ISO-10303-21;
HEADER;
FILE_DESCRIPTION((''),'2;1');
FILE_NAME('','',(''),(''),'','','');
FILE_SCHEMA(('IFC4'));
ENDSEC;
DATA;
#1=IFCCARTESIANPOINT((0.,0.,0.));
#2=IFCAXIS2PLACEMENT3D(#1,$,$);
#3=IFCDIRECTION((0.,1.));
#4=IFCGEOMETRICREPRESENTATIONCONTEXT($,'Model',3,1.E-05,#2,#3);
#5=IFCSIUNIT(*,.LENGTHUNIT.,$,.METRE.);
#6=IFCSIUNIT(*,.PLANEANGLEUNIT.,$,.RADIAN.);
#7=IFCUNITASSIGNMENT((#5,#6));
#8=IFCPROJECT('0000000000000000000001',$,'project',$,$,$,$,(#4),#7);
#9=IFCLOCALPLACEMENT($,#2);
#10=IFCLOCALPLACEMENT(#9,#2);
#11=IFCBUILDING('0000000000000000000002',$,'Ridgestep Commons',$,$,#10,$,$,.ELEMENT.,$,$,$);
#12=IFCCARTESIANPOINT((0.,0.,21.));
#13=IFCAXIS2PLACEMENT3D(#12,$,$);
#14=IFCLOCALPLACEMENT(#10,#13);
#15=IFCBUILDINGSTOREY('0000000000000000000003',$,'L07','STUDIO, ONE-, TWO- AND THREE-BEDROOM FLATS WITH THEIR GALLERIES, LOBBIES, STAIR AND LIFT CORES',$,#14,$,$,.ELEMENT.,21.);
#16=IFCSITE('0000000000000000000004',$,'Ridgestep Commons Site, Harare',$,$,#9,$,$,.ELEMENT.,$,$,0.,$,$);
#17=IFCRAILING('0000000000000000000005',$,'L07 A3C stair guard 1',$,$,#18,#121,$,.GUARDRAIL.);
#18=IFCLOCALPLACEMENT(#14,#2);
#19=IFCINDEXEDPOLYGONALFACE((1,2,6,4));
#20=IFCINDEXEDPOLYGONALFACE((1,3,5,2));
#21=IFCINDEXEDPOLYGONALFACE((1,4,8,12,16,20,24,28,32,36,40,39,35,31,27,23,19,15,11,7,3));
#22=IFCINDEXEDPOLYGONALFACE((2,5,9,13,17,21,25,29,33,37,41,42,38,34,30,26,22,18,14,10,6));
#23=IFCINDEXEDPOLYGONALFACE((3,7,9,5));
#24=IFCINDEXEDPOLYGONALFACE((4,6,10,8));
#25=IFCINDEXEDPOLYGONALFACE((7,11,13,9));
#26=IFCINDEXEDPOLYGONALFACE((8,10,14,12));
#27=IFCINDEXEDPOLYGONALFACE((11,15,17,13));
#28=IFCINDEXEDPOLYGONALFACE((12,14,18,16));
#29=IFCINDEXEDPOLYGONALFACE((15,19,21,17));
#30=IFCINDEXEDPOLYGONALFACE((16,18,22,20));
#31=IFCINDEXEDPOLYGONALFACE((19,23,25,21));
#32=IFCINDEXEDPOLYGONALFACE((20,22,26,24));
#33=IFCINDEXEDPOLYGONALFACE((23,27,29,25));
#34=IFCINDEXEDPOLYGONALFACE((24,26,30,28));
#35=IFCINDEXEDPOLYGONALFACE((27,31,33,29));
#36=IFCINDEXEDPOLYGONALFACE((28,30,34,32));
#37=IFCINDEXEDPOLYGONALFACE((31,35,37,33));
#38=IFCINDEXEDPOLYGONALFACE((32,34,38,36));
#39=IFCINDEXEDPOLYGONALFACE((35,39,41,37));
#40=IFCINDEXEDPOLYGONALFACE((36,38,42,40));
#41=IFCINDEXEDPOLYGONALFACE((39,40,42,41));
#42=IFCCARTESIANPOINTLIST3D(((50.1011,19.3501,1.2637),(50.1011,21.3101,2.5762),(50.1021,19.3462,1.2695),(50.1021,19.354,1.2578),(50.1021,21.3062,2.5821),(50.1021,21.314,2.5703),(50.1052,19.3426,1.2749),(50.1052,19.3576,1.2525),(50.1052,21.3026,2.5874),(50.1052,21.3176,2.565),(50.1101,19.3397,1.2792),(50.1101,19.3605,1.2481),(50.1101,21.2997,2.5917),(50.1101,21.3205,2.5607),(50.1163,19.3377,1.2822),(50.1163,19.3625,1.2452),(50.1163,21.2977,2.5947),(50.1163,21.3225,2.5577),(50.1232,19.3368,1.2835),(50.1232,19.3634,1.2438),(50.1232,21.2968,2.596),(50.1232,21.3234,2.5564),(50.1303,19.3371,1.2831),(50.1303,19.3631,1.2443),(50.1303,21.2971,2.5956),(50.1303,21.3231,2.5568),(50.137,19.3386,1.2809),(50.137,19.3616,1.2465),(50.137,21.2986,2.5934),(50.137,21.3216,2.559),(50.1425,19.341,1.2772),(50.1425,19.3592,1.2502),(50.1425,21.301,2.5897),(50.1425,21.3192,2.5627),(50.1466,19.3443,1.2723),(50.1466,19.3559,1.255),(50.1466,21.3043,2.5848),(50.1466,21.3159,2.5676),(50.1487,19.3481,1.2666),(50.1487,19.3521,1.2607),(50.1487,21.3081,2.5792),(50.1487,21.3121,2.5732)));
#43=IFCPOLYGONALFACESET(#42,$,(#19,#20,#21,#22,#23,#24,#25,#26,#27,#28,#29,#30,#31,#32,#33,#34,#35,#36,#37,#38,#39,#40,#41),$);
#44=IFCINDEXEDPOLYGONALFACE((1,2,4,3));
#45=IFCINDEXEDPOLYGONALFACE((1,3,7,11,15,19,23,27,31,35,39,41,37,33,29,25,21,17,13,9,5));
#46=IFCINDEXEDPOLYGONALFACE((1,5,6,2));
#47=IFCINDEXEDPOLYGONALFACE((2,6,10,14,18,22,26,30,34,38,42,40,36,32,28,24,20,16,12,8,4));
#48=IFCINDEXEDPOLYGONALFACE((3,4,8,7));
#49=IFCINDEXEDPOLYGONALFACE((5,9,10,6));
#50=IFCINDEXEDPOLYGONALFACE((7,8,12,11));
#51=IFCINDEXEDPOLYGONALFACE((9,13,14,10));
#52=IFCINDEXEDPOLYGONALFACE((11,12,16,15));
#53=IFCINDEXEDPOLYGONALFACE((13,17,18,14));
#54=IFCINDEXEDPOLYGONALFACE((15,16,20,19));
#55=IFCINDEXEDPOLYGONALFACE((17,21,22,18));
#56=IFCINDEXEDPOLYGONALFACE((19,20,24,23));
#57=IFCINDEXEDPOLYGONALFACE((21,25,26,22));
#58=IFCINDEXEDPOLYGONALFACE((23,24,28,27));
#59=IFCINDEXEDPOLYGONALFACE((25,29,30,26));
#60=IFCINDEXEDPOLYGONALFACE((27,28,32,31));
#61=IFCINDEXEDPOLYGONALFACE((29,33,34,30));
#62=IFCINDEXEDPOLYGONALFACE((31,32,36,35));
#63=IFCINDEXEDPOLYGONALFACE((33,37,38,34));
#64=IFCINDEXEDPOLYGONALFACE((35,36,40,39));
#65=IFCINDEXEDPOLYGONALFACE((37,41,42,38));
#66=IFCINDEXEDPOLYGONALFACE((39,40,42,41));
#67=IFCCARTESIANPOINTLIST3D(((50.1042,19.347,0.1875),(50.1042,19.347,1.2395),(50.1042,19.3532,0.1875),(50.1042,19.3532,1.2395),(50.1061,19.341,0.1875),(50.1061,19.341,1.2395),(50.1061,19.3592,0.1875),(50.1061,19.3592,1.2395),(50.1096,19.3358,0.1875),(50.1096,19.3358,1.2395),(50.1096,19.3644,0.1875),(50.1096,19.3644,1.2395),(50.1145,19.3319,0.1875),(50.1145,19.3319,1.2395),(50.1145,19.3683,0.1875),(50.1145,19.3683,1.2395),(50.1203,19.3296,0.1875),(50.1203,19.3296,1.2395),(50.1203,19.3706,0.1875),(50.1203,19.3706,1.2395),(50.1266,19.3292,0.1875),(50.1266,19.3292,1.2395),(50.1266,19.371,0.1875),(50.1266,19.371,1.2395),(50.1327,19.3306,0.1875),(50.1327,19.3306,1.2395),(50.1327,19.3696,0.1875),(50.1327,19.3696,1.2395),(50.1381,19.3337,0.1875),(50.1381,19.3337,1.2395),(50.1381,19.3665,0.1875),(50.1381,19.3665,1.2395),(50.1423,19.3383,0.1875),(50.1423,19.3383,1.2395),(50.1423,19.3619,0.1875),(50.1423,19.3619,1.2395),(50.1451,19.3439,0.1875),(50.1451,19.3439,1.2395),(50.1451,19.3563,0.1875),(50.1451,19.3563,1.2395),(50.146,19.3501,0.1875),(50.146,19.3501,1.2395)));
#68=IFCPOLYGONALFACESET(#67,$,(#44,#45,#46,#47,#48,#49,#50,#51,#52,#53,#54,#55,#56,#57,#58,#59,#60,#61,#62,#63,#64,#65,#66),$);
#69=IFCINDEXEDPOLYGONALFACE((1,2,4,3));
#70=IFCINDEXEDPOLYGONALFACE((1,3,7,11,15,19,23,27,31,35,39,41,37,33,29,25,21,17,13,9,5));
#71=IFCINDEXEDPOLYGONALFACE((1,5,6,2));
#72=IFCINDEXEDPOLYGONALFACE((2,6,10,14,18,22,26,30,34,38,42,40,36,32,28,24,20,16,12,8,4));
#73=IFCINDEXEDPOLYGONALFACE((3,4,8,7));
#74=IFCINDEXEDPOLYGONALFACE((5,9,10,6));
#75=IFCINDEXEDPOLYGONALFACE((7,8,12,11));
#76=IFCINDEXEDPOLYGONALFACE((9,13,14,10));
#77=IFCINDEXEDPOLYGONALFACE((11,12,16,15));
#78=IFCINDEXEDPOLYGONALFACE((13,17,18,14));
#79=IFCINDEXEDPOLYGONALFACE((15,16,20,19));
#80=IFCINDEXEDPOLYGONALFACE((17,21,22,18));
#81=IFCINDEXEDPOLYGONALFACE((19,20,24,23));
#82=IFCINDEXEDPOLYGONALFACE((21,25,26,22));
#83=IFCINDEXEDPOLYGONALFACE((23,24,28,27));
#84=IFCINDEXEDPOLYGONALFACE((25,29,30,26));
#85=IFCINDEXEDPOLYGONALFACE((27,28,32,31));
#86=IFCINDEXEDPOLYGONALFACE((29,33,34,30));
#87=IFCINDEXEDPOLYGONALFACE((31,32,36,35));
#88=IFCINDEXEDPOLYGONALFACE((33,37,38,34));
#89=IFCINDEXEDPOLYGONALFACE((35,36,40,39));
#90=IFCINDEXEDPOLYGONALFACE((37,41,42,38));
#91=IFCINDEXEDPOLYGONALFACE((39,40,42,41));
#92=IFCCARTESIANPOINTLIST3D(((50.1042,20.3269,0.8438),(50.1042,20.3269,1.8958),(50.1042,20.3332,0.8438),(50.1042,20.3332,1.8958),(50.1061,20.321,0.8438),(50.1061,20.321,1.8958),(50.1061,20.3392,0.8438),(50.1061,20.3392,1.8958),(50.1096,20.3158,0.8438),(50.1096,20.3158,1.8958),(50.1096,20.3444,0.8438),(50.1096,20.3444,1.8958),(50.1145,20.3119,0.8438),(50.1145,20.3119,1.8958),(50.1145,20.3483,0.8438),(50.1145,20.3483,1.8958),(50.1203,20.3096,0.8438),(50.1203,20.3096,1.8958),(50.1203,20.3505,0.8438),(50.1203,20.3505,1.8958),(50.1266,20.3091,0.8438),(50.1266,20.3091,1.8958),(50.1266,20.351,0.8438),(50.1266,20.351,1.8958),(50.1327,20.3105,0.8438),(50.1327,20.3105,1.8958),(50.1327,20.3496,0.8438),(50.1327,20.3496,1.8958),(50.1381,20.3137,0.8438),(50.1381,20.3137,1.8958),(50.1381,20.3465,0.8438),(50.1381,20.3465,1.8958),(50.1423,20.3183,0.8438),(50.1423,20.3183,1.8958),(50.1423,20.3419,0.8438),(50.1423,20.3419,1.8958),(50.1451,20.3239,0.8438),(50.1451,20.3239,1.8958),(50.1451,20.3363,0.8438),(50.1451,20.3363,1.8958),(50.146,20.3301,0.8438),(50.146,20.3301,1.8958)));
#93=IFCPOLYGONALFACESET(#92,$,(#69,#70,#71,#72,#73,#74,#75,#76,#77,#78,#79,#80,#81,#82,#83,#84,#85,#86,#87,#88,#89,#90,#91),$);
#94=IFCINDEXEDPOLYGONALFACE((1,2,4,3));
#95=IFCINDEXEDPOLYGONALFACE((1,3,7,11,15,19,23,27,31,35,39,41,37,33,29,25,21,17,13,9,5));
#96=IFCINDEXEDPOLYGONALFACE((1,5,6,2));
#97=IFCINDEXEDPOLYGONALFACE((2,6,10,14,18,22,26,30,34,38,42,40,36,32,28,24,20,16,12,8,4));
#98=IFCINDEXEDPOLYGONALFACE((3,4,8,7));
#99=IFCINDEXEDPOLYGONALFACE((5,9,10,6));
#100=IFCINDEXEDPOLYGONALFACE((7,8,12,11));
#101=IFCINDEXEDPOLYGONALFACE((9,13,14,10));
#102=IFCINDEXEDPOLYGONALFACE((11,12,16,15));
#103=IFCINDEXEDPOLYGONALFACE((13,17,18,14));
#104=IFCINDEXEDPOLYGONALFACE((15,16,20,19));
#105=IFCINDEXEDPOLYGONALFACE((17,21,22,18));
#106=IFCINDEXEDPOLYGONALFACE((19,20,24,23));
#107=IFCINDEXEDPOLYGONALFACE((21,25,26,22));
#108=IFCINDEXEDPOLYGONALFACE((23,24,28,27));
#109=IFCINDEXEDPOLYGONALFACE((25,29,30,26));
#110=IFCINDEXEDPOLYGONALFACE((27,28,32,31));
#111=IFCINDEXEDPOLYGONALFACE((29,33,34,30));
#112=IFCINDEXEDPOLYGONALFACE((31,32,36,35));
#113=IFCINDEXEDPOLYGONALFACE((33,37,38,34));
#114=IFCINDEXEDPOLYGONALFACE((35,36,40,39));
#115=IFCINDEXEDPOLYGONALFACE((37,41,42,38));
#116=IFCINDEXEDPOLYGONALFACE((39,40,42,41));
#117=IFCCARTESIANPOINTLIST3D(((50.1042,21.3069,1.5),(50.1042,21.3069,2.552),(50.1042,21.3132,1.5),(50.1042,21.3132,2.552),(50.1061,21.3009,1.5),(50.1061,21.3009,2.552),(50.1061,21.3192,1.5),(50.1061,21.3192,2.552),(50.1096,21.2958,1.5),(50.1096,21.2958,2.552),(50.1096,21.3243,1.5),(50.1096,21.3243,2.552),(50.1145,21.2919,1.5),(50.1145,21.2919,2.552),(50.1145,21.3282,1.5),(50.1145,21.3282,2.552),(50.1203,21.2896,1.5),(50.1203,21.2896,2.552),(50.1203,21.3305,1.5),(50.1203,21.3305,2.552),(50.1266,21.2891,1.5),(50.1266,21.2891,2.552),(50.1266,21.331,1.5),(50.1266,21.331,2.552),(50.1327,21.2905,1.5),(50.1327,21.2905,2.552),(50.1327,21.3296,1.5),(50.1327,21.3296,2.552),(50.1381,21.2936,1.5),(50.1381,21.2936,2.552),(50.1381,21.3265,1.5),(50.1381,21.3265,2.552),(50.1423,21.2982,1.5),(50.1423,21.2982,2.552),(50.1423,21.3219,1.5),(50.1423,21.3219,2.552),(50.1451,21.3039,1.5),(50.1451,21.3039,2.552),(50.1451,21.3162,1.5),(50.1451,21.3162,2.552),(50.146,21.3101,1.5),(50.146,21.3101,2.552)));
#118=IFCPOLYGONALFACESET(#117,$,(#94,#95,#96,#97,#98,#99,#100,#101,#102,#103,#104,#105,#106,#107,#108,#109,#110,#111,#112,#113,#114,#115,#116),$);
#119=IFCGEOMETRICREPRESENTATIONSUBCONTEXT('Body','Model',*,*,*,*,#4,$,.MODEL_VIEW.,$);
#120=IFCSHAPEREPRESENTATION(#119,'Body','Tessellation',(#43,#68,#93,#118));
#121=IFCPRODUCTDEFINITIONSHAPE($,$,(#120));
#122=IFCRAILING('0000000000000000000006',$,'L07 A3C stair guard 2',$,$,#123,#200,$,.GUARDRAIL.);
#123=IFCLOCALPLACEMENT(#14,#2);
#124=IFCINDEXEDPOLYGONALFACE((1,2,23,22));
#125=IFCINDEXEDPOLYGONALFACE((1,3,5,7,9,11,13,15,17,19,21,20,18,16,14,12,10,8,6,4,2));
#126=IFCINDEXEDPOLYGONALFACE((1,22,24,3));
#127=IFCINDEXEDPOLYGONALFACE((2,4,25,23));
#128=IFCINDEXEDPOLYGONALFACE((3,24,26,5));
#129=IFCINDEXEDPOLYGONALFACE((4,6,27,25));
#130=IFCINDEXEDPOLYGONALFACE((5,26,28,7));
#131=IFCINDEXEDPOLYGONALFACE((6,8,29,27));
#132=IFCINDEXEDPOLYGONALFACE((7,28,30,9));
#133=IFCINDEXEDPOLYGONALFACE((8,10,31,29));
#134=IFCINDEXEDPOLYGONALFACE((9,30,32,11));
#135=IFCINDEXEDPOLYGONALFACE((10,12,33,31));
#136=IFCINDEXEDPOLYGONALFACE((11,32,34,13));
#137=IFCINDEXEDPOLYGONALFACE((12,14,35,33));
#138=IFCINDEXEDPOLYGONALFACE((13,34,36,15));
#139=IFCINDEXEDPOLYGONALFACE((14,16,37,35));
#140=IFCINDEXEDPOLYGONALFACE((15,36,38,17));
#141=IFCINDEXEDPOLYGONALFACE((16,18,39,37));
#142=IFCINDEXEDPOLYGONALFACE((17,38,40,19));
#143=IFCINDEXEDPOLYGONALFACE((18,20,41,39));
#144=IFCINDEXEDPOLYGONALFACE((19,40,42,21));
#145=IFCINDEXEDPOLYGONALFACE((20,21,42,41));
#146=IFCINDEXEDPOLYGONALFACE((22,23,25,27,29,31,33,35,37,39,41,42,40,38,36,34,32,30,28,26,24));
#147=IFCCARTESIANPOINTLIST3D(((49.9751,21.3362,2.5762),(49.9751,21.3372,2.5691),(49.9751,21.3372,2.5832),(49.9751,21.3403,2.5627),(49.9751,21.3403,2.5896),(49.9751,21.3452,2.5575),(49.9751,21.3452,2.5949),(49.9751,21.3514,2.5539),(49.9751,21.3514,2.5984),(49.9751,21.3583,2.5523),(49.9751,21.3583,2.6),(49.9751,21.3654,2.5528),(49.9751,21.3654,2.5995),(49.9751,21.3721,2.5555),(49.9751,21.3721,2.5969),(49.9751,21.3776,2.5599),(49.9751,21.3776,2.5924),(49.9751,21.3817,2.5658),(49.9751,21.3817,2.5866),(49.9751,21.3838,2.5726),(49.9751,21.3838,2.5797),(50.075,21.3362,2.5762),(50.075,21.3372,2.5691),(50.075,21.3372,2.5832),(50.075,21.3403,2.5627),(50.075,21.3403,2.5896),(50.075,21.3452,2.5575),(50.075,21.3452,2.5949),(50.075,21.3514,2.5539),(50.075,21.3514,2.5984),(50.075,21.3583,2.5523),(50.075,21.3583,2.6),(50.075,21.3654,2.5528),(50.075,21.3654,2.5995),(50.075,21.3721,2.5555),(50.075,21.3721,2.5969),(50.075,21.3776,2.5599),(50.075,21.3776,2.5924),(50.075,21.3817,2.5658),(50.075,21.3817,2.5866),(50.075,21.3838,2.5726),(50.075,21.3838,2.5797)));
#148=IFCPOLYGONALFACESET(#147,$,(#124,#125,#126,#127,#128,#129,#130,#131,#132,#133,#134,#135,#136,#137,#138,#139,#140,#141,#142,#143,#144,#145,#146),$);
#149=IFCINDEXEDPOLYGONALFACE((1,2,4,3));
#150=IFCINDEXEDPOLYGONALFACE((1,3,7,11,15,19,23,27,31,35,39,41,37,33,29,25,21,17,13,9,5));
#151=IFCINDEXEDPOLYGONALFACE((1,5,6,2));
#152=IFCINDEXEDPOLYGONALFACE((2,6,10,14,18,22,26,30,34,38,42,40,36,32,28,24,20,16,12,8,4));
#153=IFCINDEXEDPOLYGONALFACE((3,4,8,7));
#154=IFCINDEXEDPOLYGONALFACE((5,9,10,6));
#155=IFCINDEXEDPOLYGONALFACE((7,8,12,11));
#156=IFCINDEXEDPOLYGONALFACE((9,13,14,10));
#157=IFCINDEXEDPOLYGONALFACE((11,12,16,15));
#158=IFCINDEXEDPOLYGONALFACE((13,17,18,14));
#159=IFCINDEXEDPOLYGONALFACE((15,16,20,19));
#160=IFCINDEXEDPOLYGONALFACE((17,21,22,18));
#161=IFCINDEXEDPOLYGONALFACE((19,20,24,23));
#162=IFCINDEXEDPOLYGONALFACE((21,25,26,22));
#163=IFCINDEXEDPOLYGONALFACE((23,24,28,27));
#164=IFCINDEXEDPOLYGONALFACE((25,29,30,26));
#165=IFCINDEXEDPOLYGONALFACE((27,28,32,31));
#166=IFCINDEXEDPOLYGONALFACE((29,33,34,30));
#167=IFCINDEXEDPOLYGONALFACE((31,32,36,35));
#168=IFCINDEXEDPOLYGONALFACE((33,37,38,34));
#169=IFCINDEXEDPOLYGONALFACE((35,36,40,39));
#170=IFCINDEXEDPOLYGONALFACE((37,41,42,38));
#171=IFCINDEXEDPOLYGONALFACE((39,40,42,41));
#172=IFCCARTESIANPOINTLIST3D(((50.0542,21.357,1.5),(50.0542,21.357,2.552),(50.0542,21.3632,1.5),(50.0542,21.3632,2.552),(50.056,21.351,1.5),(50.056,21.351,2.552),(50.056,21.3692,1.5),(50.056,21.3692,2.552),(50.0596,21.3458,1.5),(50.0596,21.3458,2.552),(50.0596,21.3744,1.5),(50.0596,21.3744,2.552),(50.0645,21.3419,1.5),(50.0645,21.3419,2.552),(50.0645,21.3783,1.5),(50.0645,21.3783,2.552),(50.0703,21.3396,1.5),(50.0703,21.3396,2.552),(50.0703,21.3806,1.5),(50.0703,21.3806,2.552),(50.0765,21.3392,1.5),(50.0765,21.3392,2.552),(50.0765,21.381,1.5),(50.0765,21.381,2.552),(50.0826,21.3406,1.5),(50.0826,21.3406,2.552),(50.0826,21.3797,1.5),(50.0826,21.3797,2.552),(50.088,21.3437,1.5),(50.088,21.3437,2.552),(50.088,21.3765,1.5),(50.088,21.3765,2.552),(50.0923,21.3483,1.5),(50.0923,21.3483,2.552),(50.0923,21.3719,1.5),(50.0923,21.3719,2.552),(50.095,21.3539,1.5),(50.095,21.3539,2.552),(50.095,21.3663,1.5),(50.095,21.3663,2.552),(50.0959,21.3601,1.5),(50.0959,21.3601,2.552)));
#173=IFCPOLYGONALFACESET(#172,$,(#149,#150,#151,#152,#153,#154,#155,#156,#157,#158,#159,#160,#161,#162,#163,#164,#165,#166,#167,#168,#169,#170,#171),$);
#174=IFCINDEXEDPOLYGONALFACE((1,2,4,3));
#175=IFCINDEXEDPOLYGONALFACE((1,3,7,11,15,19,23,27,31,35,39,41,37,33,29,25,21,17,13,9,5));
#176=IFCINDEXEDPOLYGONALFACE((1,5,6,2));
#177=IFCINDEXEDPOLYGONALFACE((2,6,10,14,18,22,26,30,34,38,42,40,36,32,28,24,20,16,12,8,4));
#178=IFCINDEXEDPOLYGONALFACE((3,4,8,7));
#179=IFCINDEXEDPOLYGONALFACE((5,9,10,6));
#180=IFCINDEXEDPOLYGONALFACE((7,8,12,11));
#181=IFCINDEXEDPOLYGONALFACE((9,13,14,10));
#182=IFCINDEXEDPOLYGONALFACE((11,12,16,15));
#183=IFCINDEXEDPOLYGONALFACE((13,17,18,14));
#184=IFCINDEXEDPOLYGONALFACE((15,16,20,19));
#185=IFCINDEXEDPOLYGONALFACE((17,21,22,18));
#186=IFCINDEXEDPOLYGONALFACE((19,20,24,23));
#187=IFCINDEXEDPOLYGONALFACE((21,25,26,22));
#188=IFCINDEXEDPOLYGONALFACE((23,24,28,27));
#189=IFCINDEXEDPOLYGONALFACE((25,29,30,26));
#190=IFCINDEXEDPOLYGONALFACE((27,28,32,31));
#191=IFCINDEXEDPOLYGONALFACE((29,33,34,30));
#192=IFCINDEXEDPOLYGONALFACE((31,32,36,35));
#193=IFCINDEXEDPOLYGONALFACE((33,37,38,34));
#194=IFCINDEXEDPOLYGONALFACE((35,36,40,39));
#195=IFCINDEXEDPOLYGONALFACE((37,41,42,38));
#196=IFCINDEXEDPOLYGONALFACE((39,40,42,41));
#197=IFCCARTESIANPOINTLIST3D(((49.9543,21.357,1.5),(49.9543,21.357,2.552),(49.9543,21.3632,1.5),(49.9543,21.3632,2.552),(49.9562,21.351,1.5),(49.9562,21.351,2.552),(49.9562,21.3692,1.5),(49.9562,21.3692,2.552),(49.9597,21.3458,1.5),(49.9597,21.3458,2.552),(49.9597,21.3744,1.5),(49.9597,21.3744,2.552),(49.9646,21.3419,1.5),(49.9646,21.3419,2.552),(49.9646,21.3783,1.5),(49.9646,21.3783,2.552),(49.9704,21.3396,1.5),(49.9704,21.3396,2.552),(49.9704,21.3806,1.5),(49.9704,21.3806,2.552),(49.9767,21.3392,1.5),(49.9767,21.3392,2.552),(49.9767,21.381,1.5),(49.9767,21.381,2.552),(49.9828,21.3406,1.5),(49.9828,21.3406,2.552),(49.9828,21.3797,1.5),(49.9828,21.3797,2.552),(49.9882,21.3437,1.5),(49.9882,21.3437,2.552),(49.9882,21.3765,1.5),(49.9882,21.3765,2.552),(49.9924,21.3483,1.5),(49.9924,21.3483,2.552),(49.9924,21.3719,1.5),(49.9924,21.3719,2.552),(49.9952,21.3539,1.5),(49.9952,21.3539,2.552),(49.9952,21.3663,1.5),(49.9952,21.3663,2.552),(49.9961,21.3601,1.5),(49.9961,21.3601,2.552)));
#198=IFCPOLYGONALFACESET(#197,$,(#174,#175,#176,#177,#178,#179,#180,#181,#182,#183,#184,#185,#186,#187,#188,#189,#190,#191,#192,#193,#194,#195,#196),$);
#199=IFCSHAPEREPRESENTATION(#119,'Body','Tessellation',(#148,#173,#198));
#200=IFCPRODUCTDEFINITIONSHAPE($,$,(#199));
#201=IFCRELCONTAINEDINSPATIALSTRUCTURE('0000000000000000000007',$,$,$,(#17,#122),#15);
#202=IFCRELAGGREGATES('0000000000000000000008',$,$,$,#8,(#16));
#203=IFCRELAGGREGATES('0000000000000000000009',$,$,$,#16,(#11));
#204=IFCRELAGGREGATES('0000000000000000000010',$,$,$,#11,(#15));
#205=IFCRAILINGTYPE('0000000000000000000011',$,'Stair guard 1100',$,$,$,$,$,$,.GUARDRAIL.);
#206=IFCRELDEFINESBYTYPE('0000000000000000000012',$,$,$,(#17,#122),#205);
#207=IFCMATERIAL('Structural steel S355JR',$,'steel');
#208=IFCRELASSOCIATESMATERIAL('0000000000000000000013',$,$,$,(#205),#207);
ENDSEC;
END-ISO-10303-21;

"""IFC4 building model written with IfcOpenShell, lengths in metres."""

from ifc_helpers import new_model, si_unit, direction, frame, origin, origin_2d, place, context, subcontext, project, spatial, circle, extrude, material, type_object, element, save


model = new_model("IFC4")

# Units and contexts
model_context = context("Model", 3, precision=1e-05, world=origin(), true_north=direction((0.0, 1.0)))
body_context = subcontext(model_context, "Body", "Model", "MODEL_VIEW")
ifc_project = project(units=[si_unit("LENGTHUNIT", "METRE"), si_unit("PLANEANGLEUNIT", "RADIAN")], contexts=[model_context])

# Site, building, storey
site_placement = place(None, origin())
site = spatial("IfcSite", under=ifc_project, at=site_placement, Name="Ridgestep Commons Site, Harare", CompositionType="ELEMENT", RefElevation=0.0)
building_placement = place(site_placement, origin())
building = spatial("IfcBuilding", under=site, at=building_placement, Name="Ridgestep Commons", CompositionType="ELEMENT")
storey_placement = place(building_placement, frame((0.0, 0.0, 21.0)))
storey = spatial("IfcBuildingStorey", under=building, at=storey_placement, Name="L07", Description="STUDIO, ONE-, TWO- AND THREE-BEDROOM FLATS WITH THEIR GALLERIES, LOBBIES, STAIR AND LIFT CORES", CompositionType="ELEMENT", Elevation=21.0)

# Railings
ifc_material_1 = material(Name="Structural steel S355JR", Category="steel")
railing_type_1 = type_object("IfcRailingType", Name="Stair guard 1100", PredefinedType="GUARDRAIL", material=ifc_material_1)
railing_1_placement = place(storey_placement, frame((50.125, 19.3501, 0.1875)))
element("IfcRailing", 1, at=railing_1_placement, inside=storey, type_object=railing_type_1, Name="L07 A3C stair guard 1", PredefinedType="GUARDRAIL", context=body_context, shape_type="SweptSolid", body=[
    extrude(circle(Radius=0.0239, at=origin_2d()), frame((0.0, 0.0, 1.0762), z_axis=(0.0, 0.830902, 0.556419), x_axis=(-1.0, 0.0, 0.0)), (0.0, 0.0, 1.0), 2.3589),
    extrude(circle(Radius=0.021, at=origin_2d()), origin(), (0.0, 0.0, 1.0), 1.052),
    extrude(circle(Radius=0.021, at=origin_2d()), frame((0.0, 0.98, 0.6562)), (0.0, 0.0, 1.0), 1.052),
    extrude(circle(Radius=0.021, at=origin_2d()), frame((0.0, 1.96, 1.3125)), (0.0, 0.0, 1.0), 1.052),
])
railing_2_placement = place(storey_placement, frame((50.075, 21.3601, 1.5)))
element("IfcRailing", 2, at=railing_2_placement, inside=storey, type_object=railing_type_1, Name="L07 A3C stair guard 2", PredefinedType="GUARDRAIL", context=body_context, shape_type="SweptSolid", body=[
    extrude(circle(Radius=0.0239, at=origin_2d()), frame((0.0, 0.0, 1.0762), z_axis=(-1.0, 0.0, 0.0), x_axis=(0.0, -1.0, 0.0)), (0.0, 0.0, 1.0), 0.0999),
    extrude(circle(Radius=0.021, at=origin_2d()), origin(), (0.0, 0.0, 1.0), 1.052),
    extrude(circle(Radius=0.021, at=origin_2d()), frame((-0.0999, 0.0, 0.0)), (0.0, 0.0, 1.0), 1.052),
])

save(model, "model.ifc")
